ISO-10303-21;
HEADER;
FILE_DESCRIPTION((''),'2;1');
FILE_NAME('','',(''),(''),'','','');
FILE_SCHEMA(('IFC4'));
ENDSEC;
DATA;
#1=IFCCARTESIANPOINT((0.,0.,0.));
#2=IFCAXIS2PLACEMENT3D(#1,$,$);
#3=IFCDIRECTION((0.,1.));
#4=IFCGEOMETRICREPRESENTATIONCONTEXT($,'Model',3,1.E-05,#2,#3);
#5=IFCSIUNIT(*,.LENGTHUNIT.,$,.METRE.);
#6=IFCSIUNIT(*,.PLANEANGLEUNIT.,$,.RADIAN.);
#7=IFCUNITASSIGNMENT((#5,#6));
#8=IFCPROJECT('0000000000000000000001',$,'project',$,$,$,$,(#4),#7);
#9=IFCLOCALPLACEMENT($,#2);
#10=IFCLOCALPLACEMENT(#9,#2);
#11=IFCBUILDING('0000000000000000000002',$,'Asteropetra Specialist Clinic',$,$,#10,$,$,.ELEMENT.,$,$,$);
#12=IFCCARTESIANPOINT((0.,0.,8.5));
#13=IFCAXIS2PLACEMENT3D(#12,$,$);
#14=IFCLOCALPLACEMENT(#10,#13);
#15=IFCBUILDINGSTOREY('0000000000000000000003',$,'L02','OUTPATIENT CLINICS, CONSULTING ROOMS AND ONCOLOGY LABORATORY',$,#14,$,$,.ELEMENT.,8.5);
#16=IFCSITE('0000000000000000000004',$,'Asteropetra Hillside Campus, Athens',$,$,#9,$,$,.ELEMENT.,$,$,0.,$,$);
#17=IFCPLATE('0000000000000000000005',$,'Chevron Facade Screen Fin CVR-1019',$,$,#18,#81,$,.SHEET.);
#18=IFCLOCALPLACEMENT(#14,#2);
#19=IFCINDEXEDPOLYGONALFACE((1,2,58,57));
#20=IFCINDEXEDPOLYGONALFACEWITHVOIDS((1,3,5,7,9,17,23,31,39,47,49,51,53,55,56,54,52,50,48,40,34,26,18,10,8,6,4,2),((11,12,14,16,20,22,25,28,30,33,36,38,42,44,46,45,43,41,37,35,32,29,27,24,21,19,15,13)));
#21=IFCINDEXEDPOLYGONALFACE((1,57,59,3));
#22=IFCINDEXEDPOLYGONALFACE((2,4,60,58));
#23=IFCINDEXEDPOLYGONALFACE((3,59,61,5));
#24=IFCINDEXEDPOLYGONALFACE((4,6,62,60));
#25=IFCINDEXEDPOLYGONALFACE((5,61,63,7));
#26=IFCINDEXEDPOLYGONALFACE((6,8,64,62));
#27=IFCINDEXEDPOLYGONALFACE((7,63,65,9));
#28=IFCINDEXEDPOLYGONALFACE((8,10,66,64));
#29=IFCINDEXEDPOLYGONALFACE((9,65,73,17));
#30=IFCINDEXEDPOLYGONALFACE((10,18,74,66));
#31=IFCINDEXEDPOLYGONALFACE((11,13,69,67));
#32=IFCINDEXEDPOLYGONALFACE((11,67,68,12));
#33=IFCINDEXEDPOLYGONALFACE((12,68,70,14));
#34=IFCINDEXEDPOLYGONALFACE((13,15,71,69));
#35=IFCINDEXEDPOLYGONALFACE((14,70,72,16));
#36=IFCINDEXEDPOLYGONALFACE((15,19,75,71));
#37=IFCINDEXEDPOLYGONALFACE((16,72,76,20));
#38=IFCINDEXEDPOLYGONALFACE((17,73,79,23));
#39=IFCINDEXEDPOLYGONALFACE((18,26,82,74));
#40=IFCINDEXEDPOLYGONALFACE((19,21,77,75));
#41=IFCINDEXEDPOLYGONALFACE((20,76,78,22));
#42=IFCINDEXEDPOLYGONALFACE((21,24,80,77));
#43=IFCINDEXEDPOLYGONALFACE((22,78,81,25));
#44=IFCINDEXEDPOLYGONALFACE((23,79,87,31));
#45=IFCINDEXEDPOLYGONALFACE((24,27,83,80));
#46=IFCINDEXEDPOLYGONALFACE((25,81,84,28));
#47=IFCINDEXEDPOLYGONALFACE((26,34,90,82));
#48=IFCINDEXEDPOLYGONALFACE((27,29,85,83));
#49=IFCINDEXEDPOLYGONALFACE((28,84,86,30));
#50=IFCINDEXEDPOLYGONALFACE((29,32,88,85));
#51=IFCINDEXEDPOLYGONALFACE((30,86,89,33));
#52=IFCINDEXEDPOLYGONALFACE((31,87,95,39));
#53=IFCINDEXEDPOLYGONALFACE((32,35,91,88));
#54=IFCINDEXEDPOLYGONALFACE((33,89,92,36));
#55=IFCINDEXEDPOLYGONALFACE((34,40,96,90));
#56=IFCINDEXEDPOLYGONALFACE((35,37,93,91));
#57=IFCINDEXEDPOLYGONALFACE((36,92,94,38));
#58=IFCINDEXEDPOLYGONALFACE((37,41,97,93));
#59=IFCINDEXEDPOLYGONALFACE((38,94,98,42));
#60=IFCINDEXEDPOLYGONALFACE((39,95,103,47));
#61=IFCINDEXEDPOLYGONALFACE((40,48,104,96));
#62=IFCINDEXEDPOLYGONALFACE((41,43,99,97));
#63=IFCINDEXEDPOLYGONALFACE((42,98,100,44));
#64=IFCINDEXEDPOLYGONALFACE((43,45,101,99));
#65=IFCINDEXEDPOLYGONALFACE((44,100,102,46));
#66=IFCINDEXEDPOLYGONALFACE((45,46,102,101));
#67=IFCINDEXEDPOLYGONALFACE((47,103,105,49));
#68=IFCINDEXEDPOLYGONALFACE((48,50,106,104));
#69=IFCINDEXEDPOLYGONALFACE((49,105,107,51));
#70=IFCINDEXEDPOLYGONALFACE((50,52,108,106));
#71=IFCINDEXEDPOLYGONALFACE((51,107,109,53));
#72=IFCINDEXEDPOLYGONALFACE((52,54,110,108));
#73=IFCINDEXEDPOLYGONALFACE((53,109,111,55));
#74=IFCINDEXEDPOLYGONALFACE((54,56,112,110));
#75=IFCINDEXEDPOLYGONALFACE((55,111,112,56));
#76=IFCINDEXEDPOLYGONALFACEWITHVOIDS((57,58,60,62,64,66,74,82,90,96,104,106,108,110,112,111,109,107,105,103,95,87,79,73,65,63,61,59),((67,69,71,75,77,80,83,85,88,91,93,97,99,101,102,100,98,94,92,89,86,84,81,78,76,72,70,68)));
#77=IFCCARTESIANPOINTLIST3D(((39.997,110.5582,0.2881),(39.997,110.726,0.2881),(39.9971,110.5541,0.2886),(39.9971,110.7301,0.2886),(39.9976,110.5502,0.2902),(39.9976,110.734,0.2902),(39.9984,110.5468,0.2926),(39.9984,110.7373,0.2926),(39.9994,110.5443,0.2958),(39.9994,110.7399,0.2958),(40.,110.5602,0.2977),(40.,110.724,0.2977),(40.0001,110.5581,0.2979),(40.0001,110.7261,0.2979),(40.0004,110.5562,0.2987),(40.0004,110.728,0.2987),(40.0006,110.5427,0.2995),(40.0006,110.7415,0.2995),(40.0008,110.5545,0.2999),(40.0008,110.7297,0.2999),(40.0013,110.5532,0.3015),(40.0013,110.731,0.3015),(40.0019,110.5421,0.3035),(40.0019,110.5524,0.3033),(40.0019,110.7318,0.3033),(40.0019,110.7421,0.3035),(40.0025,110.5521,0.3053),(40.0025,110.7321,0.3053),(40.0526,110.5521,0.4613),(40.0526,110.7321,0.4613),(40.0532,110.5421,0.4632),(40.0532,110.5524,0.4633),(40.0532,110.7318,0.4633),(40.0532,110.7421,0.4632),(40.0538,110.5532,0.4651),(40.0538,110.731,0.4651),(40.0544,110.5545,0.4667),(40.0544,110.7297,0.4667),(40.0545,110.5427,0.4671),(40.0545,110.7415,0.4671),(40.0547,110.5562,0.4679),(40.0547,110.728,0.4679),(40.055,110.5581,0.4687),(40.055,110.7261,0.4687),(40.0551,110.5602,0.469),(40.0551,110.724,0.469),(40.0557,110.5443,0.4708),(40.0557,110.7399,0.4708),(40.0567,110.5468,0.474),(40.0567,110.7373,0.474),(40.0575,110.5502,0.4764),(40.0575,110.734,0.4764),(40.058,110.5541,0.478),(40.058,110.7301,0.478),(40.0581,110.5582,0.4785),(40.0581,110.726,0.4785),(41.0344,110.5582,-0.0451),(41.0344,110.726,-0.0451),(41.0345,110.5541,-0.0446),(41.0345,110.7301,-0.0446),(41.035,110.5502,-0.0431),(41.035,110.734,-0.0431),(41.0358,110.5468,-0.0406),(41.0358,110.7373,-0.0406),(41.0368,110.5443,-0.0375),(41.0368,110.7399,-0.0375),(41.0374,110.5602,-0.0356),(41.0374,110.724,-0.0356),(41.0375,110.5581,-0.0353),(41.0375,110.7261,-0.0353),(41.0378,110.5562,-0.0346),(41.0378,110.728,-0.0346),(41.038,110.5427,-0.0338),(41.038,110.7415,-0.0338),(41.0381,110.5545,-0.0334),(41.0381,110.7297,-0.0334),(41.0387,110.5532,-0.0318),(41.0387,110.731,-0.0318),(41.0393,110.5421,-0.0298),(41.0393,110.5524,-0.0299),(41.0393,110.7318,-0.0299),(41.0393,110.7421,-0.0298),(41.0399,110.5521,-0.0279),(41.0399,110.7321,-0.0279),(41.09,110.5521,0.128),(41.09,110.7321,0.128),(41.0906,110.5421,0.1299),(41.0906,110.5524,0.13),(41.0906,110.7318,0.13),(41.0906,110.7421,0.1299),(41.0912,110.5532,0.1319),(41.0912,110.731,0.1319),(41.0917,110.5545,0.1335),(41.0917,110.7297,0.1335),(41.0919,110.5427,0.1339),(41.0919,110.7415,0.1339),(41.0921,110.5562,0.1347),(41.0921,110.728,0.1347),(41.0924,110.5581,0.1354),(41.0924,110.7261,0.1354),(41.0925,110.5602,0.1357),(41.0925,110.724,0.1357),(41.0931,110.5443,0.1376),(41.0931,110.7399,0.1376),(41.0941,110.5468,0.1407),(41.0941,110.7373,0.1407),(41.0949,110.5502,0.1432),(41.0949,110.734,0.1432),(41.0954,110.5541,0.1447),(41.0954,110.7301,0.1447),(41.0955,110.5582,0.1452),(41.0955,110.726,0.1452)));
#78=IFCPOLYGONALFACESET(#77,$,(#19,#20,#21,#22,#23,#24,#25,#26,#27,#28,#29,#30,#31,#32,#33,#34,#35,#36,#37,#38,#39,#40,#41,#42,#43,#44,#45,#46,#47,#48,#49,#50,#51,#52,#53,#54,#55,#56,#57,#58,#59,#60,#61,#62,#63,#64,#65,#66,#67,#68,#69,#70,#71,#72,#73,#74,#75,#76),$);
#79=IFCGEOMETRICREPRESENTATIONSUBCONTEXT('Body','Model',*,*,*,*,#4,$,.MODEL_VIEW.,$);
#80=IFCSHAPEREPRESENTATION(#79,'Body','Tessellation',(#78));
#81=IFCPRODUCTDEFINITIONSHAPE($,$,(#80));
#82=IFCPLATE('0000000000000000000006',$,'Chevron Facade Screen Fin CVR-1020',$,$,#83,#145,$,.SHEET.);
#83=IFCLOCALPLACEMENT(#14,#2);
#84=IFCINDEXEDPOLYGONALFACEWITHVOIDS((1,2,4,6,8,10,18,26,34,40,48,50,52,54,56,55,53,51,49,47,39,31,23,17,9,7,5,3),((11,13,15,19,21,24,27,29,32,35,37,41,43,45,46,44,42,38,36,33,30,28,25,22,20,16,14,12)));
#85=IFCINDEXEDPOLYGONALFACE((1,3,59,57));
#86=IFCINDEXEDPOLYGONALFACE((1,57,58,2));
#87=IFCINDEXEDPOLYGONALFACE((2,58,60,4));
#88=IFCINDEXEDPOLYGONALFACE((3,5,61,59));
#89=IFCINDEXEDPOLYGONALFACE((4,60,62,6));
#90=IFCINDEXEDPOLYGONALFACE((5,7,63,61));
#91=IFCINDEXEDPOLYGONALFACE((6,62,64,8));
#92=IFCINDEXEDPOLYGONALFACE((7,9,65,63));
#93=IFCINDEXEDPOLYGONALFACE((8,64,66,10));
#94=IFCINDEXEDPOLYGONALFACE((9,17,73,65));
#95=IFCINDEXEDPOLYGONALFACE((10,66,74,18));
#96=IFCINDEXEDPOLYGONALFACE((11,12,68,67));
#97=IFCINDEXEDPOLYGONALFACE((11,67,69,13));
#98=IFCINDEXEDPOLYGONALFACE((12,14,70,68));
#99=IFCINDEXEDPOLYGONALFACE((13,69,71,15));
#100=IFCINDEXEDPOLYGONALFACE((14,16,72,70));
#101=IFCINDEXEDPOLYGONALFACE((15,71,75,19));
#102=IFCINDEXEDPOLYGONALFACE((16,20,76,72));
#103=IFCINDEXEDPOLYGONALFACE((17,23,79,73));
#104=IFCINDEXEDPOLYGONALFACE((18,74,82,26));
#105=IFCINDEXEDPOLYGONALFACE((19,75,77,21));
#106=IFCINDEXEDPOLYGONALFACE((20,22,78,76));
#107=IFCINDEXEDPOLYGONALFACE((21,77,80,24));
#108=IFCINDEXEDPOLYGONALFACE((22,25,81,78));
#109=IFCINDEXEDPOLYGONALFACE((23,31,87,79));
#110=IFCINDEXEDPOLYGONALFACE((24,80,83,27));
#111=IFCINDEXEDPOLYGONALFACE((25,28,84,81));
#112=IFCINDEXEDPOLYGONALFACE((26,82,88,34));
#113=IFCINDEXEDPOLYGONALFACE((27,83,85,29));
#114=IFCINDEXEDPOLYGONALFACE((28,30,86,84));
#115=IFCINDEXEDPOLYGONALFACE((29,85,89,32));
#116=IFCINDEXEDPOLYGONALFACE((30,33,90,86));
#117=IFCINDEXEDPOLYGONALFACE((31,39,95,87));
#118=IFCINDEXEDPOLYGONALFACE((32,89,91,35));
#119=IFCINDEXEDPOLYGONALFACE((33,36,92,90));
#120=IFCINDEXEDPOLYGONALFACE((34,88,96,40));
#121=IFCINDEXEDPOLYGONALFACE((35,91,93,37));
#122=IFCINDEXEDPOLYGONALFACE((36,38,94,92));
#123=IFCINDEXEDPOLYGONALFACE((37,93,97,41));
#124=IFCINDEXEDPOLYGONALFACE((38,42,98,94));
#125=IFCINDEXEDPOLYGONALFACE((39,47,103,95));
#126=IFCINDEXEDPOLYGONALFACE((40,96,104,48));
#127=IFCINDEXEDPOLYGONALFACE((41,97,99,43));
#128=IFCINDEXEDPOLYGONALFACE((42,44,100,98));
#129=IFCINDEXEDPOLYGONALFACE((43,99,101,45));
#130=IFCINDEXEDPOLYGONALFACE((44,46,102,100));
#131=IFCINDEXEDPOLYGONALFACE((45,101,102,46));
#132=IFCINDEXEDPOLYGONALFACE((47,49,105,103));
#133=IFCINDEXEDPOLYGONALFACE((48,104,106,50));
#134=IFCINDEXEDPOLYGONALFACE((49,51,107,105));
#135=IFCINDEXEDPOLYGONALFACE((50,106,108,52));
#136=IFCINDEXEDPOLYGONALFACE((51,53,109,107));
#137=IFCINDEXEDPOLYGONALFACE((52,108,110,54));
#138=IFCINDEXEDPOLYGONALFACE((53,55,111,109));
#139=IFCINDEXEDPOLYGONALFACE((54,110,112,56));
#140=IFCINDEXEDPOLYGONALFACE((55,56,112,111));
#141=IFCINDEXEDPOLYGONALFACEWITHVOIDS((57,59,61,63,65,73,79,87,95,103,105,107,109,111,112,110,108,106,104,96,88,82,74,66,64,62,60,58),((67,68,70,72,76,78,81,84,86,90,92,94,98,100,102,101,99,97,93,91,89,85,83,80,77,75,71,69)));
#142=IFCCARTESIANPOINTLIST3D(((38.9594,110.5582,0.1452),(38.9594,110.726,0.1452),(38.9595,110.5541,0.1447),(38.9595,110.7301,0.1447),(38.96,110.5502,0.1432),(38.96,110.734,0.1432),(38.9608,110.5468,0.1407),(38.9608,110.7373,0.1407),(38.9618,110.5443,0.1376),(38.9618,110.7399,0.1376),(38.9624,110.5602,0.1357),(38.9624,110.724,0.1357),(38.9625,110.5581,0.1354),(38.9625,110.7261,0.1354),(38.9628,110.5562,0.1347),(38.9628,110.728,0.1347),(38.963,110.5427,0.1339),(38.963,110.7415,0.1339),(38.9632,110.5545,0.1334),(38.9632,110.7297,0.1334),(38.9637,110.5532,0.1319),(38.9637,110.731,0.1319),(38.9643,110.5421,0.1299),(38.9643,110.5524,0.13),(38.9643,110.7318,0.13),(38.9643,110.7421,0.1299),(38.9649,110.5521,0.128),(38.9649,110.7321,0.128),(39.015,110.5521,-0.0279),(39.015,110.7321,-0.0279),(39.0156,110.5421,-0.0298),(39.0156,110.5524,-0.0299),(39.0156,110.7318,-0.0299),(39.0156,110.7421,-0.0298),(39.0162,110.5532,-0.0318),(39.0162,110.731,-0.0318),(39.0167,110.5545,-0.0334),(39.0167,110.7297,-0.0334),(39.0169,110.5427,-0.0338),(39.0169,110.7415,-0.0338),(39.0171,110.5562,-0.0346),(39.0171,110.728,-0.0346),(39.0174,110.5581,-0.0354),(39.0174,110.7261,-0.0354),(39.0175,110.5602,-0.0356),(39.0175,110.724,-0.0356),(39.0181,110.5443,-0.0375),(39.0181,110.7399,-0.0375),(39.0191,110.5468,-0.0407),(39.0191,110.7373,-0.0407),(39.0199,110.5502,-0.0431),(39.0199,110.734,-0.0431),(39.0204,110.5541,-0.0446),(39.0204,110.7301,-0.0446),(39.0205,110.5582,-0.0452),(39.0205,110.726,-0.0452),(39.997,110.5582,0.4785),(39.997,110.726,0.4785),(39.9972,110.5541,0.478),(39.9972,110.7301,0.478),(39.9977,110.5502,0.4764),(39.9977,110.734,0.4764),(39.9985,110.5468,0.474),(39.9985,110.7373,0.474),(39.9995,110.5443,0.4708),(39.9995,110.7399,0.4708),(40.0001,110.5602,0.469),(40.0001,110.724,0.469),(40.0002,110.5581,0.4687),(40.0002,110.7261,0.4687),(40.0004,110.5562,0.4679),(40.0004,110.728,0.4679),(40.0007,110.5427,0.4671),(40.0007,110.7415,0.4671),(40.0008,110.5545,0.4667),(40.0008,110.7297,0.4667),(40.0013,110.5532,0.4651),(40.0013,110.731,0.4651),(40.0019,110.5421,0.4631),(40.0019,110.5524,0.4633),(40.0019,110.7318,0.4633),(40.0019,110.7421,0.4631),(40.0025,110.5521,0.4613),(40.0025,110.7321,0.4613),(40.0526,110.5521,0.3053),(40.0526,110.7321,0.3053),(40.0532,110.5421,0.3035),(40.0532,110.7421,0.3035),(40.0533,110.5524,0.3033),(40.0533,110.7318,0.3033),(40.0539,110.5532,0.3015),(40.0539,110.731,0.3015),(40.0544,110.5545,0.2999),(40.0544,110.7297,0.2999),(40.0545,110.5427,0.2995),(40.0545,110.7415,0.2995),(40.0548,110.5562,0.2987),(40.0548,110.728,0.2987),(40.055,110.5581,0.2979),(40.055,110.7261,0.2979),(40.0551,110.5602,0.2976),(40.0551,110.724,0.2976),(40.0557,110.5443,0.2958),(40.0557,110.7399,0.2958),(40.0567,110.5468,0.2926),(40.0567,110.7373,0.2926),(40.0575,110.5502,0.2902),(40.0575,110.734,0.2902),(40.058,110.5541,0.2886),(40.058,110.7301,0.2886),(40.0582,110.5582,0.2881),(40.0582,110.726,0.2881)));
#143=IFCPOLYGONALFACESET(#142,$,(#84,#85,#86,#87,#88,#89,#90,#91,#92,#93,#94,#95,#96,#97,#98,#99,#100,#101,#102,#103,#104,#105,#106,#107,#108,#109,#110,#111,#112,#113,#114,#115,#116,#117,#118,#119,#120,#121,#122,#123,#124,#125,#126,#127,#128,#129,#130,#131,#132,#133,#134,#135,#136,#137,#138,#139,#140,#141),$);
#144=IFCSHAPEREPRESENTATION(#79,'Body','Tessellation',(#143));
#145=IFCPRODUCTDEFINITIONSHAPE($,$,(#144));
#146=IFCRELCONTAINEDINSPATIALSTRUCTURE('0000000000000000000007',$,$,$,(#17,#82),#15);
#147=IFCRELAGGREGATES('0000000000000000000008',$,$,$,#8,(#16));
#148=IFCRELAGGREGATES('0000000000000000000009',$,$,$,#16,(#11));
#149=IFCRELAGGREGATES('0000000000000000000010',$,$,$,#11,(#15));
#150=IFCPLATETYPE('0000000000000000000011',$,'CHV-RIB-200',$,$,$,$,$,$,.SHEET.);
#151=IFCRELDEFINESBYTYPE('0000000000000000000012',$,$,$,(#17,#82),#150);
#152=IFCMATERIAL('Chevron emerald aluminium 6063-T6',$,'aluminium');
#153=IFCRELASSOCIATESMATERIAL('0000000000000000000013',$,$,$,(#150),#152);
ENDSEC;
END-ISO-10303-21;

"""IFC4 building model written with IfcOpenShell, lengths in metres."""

from ifc_helpers import new_model, si_unit, direction, frame, origin, origin_2d, place, context, subcontext, project, spatial, hollow_rectangle, extrude, material, material_profile, profile_set, type_object, element, save


model = new_model("IFC4")

# Units and contexts
model_context = context("Model", 3, precision=1e-05, world=origin(), true_north=direction((0.0, 1.0)))
body_context = subcontext(model_context, "Body", "Model", "MODEL_VIEW")
ifc_project = project(units=[si_unit("LENGTHUNIT", "METRE"), si_unit("PLANEANGLEUNIT", "RADIAN")], contexts=[model_context])

# Site, building, storey
site_placement = place(None, origin())
site = spatial("IfcSite", under=ifc_project, at=site_placement, Name="Asteropetra Hillside Campus, Athens", CompositionType="ELEMENT", RefElevation=0.0)
building_placement = place(site_placement, origin())
building = spatial("IfcBuilding", under=site, at=building_placement, Name="Asteropetra Specialist Clinic", CompositionType="ELEMENT")
storey_placement = place(building_placement, frame((0.0, 0.0, 8.5)))
storey = spatial("IfcBuildingStorey", under=building, at=storey_placement, Name="L02", Description="OUTPATIENT CLINICS, CONSULTING ROOMS AND ONCOLOGY LABORATORY", CompositionType="ELEMENT", Elevation=8.5)

# Plates
ifc_material_1 = material(Name="Chevron emerald aluminium 6063-T6", Category="aluminium")
ifc_material_profile_1 = material_profile(ifc_material_1, hollow_rectangle(XDim=0.2, YDim=0.2, WallThickness=0.01, InnerFilletRadius=0.0081, OuterFilletRadius=0.0161, at=origin_2d()), Name="SHS 200x200x10.0")
ifc_profile_set_1 = profile_set([ifc_material_profile_1], Name="Chevron emerald aluminium 6063-T6")
plate_type = type_object("IfcPlateType", Name="CHV-RIB-200", PredefinedType="SHEET", material=ifc_profile_set_1)
plate_1_placement = place(storey_placement, frame((41.0649, 110.6421, 0.05), z_axis=(-0.952078, 0.0, 0.305857), x_axis=(0.0, -1.0, 0.0)))
element("IfcPlate", 1, at=plate_1_placement, inside=storey, type_object=plate_type, Name="Chevron Facade Screen Fin CVR-1019", PredefinedType="SHEET", context=body_context, shape_type="SweptSolid", body=[
    extrude(hollow_rectangle(XDim=0.2, YDim=0.2, WallThickness=0.01, InnerFilletRadius=0.0081, OuterFilletRadius=0.0161, at=origin_2d()), origin(), (0.0, 0.0, 1.0), 1.0896),
])
plate_2_placement = place(storey_placement, frame((40.0276, 110.6421, 0.3833), z_axis=(-0.952098, 0.0, -0.305792), x_axis=(0.0, -1.0, 0.0)))
element("IfcPlate", 2, at=plate_2_placement, inside=storey, type_object=plate_type, Name="Chevron Facade Screen Fin CVR-1020", PredefinedType="SHEET", context=body_context, shape_type="SweptSolid", body=[
    extrude(hollow_rectangle(XDim=0.2, YDim=0.2, WallThickness=0.01, InnerFilletRadius=0.0081, OuterFilletRadius=0.0161, at=origin_2d()), origin(), (0.0, 0.0, 1.0), 1.0898),
])

save(model, "model.ifc")
